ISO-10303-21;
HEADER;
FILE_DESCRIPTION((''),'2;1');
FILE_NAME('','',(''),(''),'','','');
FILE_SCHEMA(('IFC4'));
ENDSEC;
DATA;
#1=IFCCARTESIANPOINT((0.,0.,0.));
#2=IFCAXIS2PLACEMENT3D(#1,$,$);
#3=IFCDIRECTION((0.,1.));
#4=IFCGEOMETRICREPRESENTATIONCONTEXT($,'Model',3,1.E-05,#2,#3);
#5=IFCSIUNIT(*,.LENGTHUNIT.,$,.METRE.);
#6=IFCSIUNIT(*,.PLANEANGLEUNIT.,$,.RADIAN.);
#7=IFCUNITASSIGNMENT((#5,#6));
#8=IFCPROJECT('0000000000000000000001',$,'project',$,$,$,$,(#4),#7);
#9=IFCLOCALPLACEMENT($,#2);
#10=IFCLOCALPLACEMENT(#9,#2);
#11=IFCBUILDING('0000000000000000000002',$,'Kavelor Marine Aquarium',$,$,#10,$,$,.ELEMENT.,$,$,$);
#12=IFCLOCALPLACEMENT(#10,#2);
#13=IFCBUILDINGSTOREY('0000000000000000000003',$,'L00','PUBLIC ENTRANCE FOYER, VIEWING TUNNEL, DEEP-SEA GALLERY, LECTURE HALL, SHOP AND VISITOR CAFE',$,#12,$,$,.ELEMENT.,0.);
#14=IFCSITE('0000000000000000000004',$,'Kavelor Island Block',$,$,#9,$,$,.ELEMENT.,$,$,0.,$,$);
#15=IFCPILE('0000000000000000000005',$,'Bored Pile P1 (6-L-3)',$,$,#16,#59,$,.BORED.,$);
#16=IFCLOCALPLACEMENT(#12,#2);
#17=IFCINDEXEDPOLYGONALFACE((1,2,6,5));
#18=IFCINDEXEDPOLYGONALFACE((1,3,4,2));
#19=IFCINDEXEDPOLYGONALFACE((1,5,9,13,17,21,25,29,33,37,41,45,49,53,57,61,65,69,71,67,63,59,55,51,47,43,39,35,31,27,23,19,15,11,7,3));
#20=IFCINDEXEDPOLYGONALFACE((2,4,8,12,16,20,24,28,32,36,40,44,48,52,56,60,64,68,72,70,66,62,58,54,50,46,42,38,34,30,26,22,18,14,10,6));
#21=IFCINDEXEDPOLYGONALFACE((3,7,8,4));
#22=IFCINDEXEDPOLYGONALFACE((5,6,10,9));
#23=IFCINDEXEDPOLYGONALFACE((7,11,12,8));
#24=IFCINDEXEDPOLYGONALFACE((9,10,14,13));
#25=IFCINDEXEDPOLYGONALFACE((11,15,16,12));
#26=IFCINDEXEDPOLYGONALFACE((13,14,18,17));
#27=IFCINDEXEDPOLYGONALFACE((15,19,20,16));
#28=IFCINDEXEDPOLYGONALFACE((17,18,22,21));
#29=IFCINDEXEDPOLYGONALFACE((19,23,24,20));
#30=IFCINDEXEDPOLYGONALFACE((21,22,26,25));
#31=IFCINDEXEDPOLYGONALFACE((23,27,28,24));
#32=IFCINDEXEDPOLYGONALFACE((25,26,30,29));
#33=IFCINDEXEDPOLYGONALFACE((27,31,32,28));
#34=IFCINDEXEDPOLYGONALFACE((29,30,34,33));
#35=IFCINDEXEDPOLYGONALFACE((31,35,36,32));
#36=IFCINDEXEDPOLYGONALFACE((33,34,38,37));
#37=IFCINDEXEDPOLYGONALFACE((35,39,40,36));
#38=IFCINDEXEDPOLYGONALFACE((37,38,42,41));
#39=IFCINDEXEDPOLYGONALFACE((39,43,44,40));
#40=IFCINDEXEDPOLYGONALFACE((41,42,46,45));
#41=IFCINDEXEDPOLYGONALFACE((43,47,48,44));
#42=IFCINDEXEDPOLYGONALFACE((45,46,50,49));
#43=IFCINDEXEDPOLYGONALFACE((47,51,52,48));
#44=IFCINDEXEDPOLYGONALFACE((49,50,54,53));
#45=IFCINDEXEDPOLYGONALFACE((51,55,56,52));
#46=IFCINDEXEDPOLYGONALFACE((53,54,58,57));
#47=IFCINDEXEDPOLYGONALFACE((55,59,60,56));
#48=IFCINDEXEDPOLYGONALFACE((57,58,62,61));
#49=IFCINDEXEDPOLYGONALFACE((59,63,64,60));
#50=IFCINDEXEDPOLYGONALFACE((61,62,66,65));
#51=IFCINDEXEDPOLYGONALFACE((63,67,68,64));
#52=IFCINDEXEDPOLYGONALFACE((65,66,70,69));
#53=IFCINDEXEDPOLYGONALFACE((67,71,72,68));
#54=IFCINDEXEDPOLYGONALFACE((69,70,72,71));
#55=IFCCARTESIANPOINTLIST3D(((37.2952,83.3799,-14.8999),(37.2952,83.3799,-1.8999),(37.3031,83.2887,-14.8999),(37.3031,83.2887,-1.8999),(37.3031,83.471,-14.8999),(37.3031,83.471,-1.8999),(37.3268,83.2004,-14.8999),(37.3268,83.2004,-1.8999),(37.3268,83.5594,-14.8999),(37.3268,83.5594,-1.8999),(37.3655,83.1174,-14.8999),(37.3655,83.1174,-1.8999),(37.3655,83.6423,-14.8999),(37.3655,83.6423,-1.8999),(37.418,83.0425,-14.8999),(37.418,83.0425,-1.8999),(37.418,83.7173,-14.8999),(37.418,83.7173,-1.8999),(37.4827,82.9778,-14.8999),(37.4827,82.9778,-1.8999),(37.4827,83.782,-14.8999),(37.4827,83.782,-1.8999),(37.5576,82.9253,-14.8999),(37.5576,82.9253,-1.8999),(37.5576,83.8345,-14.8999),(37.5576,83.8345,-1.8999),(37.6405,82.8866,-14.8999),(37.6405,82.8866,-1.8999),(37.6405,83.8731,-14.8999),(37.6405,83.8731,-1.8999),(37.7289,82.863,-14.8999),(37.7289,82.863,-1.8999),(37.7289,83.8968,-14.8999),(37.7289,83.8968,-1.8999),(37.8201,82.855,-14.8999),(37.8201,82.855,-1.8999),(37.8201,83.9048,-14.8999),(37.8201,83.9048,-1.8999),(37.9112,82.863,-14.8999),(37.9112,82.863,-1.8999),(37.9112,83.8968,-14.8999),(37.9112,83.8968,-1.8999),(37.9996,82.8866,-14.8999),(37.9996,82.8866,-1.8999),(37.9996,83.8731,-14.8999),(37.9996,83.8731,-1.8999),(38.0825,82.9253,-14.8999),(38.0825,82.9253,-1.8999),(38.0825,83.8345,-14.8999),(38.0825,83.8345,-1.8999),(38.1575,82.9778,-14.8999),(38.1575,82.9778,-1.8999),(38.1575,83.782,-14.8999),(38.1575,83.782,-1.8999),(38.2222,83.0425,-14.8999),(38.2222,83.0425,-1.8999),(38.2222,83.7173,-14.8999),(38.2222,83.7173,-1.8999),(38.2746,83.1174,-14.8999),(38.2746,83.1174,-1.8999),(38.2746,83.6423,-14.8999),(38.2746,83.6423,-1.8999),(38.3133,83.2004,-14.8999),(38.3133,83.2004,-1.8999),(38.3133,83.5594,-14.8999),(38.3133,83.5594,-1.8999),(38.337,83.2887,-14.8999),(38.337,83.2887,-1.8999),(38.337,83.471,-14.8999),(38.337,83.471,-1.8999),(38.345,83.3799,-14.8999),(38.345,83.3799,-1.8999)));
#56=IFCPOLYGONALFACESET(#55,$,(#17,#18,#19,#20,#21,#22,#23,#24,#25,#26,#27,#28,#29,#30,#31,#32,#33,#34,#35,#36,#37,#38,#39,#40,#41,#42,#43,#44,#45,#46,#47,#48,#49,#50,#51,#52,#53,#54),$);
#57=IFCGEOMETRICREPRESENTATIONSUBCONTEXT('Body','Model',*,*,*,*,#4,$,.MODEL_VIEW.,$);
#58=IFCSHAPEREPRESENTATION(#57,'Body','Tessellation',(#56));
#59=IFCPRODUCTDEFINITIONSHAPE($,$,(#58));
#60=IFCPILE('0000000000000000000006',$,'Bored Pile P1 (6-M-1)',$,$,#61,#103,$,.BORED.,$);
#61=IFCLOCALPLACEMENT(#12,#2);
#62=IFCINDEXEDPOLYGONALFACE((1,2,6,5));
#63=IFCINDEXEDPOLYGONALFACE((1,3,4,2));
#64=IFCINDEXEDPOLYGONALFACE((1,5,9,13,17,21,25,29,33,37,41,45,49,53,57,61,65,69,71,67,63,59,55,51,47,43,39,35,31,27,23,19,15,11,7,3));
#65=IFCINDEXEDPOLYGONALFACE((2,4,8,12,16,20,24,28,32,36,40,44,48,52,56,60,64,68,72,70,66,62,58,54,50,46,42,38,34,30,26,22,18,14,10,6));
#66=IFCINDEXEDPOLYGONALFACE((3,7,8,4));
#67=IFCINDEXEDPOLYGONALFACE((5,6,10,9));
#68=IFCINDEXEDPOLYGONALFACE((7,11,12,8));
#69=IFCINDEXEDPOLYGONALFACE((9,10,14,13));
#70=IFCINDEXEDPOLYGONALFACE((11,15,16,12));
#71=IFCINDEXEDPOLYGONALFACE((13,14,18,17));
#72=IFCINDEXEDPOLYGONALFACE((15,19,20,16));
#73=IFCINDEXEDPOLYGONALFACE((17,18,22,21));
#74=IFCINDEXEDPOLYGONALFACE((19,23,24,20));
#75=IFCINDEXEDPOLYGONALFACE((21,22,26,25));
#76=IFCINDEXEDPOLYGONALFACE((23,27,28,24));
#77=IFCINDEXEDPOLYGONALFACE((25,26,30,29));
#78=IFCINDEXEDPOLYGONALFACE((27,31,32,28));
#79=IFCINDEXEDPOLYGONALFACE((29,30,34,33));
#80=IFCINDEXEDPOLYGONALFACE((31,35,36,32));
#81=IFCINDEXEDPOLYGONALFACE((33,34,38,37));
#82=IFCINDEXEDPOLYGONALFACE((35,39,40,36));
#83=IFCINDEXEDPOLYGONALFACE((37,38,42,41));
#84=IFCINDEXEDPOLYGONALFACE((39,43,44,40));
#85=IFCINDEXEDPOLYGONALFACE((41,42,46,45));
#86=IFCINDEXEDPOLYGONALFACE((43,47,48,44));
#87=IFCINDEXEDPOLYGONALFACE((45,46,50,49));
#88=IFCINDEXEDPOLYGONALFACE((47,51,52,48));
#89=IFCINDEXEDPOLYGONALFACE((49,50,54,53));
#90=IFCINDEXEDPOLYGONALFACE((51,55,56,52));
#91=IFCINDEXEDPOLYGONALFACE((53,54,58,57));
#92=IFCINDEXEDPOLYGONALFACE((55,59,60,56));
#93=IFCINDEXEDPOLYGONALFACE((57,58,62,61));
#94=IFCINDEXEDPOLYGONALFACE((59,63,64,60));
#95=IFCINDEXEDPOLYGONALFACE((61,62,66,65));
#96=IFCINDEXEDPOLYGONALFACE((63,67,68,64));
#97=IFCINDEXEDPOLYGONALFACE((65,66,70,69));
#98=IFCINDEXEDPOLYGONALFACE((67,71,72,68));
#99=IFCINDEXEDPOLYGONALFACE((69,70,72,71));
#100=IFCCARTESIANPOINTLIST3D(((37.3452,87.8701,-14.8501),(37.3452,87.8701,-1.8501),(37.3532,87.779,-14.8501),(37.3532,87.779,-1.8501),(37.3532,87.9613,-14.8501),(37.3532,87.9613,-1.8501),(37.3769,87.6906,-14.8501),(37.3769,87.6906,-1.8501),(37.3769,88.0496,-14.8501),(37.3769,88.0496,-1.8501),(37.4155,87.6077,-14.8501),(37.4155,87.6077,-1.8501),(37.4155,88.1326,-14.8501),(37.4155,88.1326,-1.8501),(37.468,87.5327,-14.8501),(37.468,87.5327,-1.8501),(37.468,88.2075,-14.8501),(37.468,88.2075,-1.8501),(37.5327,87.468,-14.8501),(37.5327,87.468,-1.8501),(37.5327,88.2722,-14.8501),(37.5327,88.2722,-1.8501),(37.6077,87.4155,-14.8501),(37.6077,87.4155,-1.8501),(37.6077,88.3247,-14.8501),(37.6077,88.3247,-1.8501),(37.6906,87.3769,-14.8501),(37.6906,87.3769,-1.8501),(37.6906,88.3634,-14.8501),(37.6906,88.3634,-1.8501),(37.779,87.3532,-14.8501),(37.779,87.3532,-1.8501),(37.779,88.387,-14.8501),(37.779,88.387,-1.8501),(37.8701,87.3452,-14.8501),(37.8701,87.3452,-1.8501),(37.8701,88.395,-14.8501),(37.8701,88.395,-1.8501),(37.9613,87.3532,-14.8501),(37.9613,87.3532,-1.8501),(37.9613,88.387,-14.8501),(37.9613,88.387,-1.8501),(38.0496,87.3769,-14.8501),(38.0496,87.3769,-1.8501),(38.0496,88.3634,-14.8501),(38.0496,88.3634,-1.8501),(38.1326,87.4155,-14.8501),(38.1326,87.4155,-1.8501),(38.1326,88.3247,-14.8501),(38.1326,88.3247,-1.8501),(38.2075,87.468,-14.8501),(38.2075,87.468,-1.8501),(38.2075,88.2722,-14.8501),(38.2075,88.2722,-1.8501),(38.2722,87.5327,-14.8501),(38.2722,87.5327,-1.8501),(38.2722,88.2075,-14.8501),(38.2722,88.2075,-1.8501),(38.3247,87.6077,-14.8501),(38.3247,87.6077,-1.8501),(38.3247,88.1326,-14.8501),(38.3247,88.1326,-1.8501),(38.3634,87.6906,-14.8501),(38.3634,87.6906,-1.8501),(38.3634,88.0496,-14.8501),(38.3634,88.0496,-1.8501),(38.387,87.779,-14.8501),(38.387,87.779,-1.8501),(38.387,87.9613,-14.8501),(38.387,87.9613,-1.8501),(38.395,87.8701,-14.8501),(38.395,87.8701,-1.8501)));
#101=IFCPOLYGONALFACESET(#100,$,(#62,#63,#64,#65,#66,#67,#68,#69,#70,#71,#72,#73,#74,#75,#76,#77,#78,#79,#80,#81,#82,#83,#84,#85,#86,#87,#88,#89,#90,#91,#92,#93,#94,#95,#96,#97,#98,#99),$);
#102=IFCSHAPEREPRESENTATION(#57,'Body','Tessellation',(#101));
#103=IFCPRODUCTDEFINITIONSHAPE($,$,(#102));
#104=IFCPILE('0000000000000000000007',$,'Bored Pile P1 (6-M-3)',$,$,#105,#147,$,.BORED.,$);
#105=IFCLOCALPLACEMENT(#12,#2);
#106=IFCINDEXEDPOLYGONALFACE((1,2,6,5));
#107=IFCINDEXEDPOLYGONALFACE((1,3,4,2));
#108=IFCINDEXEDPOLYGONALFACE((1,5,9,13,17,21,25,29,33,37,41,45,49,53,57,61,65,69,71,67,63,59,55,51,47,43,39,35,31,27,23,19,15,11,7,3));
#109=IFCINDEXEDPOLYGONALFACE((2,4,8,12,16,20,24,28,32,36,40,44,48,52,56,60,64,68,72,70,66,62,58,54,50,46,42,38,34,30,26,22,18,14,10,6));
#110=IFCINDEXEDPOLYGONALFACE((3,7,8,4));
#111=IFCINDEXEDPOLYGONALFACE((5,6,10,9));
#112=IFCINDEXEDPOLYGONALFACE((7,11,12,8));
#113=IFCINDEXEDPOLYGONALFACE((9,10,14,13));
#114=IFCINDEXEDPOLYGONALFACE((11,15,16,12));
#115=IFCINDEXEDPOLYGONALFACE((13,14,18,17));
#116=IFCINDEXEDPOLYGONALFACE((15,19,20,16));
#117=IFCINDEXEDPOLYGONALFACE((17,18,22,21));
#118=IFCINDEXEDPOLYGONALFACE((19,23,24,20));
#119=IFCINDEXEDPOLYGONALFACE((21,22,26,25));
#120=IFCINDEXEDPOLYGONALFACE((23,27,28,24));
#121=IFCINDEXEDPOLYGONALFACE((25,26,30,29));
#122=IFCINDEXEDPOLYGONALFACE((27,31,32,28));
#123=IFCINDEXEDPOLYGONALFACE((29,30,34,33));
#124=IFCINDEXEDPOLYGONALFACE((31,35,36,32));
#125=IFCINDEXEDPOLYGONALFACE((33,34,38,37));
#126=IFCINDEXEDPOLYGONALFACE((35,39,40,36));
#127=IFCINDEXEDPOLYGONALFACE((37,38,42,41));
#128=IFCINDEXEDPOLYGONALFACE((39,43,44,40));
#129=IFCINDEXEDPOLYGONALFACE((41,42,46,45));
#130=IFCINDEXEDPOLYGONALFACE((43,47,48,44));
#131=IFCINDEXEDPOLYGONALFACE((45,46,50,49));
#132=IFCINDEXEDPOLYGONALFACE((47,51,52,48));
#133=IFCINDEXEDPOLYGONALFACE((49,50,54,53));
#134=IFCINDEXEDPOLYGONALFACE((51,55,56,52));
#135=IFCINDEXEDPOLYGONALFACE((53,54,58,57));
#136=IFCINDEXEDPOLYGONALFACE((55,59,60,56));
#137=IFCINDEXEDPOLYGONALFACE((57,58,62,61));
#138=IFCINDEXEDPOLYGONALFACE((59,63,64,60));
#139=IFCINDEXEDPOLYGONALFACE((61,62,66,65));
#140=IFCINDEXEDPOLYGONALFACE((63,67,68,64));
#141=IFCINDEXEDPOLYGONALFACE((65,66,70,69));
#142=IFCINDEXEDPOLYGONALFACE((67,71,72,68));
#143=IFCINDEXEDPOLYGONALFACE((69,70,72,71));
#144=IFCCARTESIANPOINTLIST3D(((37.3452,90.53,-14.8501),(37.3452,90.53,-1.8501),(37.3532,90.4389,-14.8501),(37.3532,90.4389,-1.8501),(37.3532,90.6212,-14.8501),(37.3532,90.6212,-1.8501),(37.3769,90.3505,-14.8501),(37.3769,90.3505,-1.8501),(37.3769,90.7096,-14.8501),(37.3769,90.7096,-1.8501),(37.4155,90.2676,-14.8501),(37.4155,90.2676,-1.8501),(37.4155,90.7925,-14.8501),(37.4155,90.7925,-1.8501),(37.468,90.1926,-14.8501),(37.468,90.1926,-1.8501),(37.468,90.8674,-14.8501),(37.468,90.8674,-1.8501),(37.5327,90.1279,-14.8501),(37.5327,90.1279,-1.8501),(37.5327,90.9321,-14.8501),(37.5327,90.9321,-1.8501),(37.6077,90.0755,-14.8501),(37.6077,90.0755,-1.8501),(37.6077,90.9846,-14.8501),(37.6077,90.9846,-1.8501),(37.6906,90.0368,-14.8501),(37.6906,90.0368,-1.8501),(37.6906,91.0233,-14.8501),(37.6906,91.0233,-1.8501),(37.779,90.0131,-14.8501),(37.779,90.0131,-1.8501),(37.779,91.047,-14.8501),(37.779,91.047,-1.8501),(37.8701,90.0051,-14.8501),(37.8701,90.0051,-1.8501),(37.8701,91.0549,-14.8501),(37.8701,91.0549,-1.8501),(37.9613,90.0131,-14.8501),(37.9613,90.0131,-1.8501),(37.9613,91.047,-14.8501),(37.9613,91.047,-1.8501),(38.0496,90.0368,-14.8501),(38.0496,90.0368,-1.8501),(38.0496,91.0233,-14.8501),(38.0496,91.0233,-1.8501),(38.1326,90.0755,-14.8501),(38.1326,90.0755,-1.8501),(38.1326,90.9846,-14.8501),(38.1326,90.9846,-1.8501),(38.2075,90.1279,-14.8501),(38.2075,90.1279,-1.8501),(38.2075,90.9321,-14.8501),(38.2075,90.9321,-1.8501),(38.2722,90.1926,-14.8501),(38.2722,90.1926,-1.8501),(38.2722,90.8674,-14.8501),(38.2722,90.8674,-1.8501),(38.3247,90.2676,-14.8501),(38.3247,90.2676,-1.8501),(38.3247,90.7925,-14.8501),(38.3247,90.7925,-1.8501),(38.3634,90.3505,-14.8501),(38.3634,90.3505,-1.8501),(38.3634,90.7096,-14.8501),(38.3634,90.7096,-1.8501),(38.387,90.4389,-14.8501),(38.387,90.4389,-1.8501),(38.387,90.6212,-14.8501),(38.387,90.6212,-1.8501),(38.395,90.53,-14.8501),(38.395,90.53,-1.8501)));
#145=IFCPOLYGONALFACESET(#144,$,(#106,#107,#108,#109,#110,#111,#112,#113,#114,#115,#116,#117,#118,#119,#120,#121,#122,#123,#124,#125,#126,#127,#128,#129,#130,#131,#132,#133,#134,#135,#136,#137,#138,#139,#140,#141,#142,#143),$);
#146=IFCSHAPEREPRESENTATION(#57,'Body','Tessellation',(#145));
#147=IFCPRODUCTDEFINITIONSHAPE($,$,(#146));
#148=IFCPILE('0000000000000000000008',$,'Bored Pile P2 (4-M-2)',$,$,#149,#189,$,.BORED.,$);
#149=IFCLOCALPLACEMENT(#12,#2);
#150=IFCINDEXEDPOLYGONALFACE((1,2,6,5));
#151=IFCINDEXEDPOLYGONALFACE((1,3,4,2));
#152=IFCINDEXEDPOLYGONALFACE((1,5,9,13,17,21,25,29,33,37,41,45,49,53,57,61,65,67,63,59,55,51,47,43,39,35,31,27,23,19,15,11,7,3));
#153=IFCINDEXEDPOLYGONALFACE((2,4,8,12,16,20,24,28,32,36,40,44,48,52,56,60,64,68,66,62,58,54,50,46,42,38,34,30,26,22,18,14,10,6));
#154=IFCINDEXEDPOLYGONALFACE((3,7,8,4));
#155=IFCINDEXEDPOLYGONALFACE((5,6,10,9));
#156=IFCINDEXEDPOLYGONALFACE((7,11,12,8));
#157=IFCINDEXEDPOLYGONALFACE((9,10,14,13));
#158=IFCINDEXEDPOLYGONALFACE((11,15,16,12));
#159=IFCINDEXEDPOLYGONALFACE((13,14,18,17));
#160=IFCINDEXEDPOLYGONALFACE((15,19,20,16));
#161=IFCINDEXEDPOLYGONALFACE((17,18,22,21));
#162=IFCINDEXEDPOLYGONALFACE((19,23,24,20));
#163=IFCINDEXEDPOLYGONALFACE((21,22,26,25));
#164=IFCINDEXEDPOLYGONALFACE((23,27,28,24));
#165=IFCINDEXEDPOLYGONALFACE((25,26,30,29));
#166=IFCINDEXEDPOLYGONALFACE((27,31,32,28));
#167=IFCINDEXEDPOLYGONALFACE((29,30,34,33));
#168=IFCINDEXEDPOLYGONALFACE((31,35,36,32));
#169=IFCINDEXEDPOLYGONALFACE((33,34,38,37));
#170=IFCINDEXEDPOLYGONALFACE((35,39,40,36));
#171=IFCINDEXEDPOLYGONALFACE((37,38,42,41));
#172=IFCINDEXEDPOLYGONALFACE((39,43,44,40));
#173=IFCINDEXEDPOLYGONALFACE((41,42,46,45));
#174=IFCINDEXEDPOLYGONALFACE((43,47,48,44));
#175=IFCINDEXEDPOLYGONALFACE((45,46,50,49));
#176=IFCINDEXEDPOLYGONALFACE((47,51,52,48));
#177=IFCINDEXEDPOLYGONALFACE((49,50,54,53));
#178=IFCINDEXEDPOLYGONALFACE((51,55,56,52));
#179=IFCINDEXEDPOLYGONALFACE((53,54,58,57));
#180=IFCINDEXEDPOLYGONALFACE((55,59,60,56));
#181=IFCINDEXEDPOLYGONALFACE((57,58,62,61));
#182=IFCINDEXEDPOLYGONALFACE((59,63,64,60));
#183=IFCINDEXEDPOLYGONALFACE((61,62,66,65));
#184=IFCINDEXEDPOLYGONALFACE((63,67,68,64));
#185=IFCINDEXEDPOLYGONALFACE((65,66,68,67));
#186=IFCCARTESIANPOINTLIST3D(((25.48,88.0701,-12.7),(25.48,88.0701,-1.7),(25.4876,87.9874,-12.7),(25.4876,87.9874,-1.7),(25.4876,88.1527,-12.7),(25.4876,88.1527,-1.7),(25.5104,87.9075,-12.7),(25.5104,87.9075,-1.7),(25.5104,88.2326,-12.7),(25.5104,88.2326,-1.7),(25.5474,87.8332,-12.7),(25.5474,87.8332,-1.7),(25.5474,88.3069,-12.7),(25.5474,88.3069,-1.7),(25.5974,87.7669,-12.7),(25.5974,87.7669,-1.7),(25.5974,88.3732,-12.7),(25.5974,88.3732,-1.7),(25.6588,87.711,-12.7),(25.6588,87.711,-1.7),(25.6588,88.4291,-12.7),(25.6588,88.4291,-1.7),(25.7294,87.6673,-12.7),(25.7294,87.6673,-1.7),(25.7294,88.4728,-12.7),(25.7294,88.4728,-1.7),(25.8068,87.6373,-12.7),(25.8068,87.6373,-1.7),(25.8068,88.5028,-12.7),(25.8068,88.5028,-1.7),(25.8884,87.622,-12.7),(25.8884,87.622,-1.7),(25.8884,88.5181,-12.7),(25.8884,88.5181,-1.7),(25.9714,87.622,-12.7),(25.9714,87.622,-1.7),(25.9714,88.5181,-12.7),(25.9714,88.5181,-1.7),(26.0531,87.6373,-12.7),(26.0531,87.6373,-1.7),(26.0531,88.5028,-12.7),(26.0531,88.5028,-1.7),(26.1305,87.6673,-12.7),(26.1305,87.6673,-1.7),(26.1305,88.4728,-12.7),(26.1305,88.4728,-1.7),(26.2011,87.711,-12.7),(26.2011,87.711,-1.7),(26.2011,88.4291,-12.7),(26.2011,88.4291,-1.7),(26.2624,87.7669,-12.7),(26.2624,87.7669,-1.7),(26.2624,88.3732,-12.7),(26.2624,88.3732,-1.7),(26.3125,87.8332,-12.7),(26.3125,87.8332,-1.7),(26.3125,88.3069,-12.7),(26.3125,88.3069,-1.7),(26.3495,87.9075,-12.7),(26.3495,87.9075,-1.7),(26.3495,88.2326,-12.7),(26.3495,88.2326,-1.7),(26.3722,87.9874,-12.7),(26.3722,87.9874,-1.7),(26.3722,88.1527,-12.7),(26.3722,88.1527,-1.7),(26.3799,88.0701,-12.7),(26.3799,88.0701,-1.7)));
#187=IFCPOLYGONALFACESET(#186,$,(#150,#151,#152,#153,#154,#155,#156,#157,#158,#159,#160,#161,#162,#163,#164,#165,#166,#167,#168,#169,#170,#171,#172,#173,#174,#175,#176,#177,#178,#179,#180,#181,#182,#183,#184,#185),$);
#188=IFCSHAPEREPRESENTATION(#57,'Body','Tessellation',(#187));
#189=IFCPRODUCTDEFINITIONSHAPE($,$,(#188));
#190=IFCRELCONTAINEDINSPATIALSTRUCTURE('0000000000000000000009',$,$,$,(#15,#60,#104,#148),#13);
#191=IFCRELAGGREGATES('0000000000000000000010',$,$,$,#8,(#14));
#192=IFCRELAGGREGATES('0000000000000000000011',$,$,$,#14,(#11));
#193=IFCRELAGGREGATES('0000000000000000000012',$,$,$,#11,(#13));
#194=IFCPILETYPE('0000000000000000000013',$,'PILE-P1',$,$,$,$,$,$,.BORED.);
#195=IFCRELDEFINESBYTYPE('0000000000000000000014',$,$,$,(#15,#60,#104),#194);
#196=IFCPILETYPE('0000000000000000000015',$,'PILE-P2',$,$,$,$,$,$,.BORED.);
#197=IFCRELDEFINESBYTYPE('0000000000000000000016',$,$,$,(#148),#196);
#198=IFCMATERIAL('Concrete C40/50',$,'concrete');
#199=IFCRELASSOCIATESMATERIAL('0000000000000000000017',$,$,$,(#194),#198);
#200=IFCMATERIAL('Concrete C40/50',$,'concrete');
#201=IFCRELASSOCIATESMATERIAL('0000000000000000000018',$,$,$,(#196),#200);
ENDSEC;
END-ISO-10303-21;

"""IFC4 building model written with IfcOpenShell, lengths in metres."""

from ifc_helpers import new_model, si_unit, direction, frame, origin, origin_2d, place, context, subcontext, project, spatial, circle, extrude, material, material_profile, profile_set, type_object, element, save


model = new_model("IFC4")

# Units and contexts
model_context = context("Model", 3, precision=1e-05, world=origin(), true_north=direction((0.0, 1.0)))
body_context = subcontext(model_context, "Body", "Model", "MODEL_VIEW")
ifc_project = project(units=[si_unit("LENGTHUNIT", "METRE"), si_unit("PLANEANGLEUNIT", "RADIAN")], contexts=[model_context])

# Site, building, storey
site_placement = place(None, origin())
site = spatial("IfcSite", under=ifc_project, at=site_placement, Name="Kavelor Island Block", CompositionType="ELEMENT", RefElevation=0.0)
building_placement = place(site_placement, origin())
building = spatial("IfcBuilding", under=site, at=building_placement, Name="Kavelor Marine Aquarium", CompositionType="ELEMENT")
storey_placement = place(building_placement, origin())
storey = spatial("IfcBuildingStorey", under=building, at=storey_placement, Name="L00", Description="PUBLIC ENTRANCE FOYER, VIEWING TUNNEL, DEEP-SEA GALLERY, LECTURE HALL, SHOP AND VISITOR CAFE", CompositionType="ELEMENT", Elevation=0.0)

# Piles
ifc_material_1 = material(Name="Concrete C40/50", Category="concrete")
ifc_material_profile_1 = material_profile(ifc_material_1, circle(Radius=0.5249, at=origin_2d()), Name="PILE D1050")
ifc_profile_set_1 = profile_set([ifc_material_profile_1], Name="Concrete C40/50")
pile_type_1 = type_object("IfcPileType", Name="PILE-P1", PredefinedType="BORED", material=ifc_profile_set_1)
for number, where, z_axis, x_axis, name in (
    (1, (37.8201, 83.3799, -1.8999), (0.0, 0.0, -1.0), (1.0, 0.0, 0.0), "Bored Pile P1 (6-L-3)"),
    (2, (37.8701, 87.8701, -1.8501), (0.0, 0.0, -1.0), (1.0, 0.0, 0.0), "Bored Pile P1 (6-M-1)"),
    (3, (37.8701, 90.53, -1.8501), (0.0, 0.0, -1.0), (1.0, 0.0, 0.0), "Bored Pile P1 (6-M-3)"),
):
    element("IfcPile", number, at=place(storey_placement, frame(where, z_axis=z_axis, x_axis=x_axis)), inside=storey, type_object=pile_type_1, Name=name, PredefinedType="BORED", context=body_context, shape_type="SweptSolid", body=[
        extrude(circle(Radius=0.5249, at=origin_2d()), origin(), (0.0, 0.0, 1.0), 13.0),
    ])
ifc_material_2 = material(Name="Concrete C40/50", Category="concrete")
ifc_material_profile_2 = material_profile(ifc_material_2, circle(Radius=0.45, at=origin_2d()), Name="PILE D900")
ifc_profile_set_2 = profile_set([ifc_material_profile_2], Name="Concrete C40/50")
pile_type_2 = type_object("IfcPileType", Name="PILE-P2", PredefinedType="BORED", material=ifc_profile_set_2)
for number, where, z_axis, x_axis, name in (
    (4, (25.9299, 88.0701, -1.7), (0.0, 0.0, -1.0), (1.0, 0.0, 0.0), "Bored Pile P2 (4-M-2)"),
):
    element("IfcPile", number, at=place(storey_placement, frame(where, z_axis=z_axis, x_axis=x_axis)), inside=storey, type_object=pile_type_2, Name=name, PredefinedType="BORED", context=body_context, shape_type="SweptSolid", body=[
        extrude(circle(Radius=0.45, at=origin_2d()), origin(), (0.0, 0.0, 1.0), 11.0),
    ])

save(model, "model.ifc")
